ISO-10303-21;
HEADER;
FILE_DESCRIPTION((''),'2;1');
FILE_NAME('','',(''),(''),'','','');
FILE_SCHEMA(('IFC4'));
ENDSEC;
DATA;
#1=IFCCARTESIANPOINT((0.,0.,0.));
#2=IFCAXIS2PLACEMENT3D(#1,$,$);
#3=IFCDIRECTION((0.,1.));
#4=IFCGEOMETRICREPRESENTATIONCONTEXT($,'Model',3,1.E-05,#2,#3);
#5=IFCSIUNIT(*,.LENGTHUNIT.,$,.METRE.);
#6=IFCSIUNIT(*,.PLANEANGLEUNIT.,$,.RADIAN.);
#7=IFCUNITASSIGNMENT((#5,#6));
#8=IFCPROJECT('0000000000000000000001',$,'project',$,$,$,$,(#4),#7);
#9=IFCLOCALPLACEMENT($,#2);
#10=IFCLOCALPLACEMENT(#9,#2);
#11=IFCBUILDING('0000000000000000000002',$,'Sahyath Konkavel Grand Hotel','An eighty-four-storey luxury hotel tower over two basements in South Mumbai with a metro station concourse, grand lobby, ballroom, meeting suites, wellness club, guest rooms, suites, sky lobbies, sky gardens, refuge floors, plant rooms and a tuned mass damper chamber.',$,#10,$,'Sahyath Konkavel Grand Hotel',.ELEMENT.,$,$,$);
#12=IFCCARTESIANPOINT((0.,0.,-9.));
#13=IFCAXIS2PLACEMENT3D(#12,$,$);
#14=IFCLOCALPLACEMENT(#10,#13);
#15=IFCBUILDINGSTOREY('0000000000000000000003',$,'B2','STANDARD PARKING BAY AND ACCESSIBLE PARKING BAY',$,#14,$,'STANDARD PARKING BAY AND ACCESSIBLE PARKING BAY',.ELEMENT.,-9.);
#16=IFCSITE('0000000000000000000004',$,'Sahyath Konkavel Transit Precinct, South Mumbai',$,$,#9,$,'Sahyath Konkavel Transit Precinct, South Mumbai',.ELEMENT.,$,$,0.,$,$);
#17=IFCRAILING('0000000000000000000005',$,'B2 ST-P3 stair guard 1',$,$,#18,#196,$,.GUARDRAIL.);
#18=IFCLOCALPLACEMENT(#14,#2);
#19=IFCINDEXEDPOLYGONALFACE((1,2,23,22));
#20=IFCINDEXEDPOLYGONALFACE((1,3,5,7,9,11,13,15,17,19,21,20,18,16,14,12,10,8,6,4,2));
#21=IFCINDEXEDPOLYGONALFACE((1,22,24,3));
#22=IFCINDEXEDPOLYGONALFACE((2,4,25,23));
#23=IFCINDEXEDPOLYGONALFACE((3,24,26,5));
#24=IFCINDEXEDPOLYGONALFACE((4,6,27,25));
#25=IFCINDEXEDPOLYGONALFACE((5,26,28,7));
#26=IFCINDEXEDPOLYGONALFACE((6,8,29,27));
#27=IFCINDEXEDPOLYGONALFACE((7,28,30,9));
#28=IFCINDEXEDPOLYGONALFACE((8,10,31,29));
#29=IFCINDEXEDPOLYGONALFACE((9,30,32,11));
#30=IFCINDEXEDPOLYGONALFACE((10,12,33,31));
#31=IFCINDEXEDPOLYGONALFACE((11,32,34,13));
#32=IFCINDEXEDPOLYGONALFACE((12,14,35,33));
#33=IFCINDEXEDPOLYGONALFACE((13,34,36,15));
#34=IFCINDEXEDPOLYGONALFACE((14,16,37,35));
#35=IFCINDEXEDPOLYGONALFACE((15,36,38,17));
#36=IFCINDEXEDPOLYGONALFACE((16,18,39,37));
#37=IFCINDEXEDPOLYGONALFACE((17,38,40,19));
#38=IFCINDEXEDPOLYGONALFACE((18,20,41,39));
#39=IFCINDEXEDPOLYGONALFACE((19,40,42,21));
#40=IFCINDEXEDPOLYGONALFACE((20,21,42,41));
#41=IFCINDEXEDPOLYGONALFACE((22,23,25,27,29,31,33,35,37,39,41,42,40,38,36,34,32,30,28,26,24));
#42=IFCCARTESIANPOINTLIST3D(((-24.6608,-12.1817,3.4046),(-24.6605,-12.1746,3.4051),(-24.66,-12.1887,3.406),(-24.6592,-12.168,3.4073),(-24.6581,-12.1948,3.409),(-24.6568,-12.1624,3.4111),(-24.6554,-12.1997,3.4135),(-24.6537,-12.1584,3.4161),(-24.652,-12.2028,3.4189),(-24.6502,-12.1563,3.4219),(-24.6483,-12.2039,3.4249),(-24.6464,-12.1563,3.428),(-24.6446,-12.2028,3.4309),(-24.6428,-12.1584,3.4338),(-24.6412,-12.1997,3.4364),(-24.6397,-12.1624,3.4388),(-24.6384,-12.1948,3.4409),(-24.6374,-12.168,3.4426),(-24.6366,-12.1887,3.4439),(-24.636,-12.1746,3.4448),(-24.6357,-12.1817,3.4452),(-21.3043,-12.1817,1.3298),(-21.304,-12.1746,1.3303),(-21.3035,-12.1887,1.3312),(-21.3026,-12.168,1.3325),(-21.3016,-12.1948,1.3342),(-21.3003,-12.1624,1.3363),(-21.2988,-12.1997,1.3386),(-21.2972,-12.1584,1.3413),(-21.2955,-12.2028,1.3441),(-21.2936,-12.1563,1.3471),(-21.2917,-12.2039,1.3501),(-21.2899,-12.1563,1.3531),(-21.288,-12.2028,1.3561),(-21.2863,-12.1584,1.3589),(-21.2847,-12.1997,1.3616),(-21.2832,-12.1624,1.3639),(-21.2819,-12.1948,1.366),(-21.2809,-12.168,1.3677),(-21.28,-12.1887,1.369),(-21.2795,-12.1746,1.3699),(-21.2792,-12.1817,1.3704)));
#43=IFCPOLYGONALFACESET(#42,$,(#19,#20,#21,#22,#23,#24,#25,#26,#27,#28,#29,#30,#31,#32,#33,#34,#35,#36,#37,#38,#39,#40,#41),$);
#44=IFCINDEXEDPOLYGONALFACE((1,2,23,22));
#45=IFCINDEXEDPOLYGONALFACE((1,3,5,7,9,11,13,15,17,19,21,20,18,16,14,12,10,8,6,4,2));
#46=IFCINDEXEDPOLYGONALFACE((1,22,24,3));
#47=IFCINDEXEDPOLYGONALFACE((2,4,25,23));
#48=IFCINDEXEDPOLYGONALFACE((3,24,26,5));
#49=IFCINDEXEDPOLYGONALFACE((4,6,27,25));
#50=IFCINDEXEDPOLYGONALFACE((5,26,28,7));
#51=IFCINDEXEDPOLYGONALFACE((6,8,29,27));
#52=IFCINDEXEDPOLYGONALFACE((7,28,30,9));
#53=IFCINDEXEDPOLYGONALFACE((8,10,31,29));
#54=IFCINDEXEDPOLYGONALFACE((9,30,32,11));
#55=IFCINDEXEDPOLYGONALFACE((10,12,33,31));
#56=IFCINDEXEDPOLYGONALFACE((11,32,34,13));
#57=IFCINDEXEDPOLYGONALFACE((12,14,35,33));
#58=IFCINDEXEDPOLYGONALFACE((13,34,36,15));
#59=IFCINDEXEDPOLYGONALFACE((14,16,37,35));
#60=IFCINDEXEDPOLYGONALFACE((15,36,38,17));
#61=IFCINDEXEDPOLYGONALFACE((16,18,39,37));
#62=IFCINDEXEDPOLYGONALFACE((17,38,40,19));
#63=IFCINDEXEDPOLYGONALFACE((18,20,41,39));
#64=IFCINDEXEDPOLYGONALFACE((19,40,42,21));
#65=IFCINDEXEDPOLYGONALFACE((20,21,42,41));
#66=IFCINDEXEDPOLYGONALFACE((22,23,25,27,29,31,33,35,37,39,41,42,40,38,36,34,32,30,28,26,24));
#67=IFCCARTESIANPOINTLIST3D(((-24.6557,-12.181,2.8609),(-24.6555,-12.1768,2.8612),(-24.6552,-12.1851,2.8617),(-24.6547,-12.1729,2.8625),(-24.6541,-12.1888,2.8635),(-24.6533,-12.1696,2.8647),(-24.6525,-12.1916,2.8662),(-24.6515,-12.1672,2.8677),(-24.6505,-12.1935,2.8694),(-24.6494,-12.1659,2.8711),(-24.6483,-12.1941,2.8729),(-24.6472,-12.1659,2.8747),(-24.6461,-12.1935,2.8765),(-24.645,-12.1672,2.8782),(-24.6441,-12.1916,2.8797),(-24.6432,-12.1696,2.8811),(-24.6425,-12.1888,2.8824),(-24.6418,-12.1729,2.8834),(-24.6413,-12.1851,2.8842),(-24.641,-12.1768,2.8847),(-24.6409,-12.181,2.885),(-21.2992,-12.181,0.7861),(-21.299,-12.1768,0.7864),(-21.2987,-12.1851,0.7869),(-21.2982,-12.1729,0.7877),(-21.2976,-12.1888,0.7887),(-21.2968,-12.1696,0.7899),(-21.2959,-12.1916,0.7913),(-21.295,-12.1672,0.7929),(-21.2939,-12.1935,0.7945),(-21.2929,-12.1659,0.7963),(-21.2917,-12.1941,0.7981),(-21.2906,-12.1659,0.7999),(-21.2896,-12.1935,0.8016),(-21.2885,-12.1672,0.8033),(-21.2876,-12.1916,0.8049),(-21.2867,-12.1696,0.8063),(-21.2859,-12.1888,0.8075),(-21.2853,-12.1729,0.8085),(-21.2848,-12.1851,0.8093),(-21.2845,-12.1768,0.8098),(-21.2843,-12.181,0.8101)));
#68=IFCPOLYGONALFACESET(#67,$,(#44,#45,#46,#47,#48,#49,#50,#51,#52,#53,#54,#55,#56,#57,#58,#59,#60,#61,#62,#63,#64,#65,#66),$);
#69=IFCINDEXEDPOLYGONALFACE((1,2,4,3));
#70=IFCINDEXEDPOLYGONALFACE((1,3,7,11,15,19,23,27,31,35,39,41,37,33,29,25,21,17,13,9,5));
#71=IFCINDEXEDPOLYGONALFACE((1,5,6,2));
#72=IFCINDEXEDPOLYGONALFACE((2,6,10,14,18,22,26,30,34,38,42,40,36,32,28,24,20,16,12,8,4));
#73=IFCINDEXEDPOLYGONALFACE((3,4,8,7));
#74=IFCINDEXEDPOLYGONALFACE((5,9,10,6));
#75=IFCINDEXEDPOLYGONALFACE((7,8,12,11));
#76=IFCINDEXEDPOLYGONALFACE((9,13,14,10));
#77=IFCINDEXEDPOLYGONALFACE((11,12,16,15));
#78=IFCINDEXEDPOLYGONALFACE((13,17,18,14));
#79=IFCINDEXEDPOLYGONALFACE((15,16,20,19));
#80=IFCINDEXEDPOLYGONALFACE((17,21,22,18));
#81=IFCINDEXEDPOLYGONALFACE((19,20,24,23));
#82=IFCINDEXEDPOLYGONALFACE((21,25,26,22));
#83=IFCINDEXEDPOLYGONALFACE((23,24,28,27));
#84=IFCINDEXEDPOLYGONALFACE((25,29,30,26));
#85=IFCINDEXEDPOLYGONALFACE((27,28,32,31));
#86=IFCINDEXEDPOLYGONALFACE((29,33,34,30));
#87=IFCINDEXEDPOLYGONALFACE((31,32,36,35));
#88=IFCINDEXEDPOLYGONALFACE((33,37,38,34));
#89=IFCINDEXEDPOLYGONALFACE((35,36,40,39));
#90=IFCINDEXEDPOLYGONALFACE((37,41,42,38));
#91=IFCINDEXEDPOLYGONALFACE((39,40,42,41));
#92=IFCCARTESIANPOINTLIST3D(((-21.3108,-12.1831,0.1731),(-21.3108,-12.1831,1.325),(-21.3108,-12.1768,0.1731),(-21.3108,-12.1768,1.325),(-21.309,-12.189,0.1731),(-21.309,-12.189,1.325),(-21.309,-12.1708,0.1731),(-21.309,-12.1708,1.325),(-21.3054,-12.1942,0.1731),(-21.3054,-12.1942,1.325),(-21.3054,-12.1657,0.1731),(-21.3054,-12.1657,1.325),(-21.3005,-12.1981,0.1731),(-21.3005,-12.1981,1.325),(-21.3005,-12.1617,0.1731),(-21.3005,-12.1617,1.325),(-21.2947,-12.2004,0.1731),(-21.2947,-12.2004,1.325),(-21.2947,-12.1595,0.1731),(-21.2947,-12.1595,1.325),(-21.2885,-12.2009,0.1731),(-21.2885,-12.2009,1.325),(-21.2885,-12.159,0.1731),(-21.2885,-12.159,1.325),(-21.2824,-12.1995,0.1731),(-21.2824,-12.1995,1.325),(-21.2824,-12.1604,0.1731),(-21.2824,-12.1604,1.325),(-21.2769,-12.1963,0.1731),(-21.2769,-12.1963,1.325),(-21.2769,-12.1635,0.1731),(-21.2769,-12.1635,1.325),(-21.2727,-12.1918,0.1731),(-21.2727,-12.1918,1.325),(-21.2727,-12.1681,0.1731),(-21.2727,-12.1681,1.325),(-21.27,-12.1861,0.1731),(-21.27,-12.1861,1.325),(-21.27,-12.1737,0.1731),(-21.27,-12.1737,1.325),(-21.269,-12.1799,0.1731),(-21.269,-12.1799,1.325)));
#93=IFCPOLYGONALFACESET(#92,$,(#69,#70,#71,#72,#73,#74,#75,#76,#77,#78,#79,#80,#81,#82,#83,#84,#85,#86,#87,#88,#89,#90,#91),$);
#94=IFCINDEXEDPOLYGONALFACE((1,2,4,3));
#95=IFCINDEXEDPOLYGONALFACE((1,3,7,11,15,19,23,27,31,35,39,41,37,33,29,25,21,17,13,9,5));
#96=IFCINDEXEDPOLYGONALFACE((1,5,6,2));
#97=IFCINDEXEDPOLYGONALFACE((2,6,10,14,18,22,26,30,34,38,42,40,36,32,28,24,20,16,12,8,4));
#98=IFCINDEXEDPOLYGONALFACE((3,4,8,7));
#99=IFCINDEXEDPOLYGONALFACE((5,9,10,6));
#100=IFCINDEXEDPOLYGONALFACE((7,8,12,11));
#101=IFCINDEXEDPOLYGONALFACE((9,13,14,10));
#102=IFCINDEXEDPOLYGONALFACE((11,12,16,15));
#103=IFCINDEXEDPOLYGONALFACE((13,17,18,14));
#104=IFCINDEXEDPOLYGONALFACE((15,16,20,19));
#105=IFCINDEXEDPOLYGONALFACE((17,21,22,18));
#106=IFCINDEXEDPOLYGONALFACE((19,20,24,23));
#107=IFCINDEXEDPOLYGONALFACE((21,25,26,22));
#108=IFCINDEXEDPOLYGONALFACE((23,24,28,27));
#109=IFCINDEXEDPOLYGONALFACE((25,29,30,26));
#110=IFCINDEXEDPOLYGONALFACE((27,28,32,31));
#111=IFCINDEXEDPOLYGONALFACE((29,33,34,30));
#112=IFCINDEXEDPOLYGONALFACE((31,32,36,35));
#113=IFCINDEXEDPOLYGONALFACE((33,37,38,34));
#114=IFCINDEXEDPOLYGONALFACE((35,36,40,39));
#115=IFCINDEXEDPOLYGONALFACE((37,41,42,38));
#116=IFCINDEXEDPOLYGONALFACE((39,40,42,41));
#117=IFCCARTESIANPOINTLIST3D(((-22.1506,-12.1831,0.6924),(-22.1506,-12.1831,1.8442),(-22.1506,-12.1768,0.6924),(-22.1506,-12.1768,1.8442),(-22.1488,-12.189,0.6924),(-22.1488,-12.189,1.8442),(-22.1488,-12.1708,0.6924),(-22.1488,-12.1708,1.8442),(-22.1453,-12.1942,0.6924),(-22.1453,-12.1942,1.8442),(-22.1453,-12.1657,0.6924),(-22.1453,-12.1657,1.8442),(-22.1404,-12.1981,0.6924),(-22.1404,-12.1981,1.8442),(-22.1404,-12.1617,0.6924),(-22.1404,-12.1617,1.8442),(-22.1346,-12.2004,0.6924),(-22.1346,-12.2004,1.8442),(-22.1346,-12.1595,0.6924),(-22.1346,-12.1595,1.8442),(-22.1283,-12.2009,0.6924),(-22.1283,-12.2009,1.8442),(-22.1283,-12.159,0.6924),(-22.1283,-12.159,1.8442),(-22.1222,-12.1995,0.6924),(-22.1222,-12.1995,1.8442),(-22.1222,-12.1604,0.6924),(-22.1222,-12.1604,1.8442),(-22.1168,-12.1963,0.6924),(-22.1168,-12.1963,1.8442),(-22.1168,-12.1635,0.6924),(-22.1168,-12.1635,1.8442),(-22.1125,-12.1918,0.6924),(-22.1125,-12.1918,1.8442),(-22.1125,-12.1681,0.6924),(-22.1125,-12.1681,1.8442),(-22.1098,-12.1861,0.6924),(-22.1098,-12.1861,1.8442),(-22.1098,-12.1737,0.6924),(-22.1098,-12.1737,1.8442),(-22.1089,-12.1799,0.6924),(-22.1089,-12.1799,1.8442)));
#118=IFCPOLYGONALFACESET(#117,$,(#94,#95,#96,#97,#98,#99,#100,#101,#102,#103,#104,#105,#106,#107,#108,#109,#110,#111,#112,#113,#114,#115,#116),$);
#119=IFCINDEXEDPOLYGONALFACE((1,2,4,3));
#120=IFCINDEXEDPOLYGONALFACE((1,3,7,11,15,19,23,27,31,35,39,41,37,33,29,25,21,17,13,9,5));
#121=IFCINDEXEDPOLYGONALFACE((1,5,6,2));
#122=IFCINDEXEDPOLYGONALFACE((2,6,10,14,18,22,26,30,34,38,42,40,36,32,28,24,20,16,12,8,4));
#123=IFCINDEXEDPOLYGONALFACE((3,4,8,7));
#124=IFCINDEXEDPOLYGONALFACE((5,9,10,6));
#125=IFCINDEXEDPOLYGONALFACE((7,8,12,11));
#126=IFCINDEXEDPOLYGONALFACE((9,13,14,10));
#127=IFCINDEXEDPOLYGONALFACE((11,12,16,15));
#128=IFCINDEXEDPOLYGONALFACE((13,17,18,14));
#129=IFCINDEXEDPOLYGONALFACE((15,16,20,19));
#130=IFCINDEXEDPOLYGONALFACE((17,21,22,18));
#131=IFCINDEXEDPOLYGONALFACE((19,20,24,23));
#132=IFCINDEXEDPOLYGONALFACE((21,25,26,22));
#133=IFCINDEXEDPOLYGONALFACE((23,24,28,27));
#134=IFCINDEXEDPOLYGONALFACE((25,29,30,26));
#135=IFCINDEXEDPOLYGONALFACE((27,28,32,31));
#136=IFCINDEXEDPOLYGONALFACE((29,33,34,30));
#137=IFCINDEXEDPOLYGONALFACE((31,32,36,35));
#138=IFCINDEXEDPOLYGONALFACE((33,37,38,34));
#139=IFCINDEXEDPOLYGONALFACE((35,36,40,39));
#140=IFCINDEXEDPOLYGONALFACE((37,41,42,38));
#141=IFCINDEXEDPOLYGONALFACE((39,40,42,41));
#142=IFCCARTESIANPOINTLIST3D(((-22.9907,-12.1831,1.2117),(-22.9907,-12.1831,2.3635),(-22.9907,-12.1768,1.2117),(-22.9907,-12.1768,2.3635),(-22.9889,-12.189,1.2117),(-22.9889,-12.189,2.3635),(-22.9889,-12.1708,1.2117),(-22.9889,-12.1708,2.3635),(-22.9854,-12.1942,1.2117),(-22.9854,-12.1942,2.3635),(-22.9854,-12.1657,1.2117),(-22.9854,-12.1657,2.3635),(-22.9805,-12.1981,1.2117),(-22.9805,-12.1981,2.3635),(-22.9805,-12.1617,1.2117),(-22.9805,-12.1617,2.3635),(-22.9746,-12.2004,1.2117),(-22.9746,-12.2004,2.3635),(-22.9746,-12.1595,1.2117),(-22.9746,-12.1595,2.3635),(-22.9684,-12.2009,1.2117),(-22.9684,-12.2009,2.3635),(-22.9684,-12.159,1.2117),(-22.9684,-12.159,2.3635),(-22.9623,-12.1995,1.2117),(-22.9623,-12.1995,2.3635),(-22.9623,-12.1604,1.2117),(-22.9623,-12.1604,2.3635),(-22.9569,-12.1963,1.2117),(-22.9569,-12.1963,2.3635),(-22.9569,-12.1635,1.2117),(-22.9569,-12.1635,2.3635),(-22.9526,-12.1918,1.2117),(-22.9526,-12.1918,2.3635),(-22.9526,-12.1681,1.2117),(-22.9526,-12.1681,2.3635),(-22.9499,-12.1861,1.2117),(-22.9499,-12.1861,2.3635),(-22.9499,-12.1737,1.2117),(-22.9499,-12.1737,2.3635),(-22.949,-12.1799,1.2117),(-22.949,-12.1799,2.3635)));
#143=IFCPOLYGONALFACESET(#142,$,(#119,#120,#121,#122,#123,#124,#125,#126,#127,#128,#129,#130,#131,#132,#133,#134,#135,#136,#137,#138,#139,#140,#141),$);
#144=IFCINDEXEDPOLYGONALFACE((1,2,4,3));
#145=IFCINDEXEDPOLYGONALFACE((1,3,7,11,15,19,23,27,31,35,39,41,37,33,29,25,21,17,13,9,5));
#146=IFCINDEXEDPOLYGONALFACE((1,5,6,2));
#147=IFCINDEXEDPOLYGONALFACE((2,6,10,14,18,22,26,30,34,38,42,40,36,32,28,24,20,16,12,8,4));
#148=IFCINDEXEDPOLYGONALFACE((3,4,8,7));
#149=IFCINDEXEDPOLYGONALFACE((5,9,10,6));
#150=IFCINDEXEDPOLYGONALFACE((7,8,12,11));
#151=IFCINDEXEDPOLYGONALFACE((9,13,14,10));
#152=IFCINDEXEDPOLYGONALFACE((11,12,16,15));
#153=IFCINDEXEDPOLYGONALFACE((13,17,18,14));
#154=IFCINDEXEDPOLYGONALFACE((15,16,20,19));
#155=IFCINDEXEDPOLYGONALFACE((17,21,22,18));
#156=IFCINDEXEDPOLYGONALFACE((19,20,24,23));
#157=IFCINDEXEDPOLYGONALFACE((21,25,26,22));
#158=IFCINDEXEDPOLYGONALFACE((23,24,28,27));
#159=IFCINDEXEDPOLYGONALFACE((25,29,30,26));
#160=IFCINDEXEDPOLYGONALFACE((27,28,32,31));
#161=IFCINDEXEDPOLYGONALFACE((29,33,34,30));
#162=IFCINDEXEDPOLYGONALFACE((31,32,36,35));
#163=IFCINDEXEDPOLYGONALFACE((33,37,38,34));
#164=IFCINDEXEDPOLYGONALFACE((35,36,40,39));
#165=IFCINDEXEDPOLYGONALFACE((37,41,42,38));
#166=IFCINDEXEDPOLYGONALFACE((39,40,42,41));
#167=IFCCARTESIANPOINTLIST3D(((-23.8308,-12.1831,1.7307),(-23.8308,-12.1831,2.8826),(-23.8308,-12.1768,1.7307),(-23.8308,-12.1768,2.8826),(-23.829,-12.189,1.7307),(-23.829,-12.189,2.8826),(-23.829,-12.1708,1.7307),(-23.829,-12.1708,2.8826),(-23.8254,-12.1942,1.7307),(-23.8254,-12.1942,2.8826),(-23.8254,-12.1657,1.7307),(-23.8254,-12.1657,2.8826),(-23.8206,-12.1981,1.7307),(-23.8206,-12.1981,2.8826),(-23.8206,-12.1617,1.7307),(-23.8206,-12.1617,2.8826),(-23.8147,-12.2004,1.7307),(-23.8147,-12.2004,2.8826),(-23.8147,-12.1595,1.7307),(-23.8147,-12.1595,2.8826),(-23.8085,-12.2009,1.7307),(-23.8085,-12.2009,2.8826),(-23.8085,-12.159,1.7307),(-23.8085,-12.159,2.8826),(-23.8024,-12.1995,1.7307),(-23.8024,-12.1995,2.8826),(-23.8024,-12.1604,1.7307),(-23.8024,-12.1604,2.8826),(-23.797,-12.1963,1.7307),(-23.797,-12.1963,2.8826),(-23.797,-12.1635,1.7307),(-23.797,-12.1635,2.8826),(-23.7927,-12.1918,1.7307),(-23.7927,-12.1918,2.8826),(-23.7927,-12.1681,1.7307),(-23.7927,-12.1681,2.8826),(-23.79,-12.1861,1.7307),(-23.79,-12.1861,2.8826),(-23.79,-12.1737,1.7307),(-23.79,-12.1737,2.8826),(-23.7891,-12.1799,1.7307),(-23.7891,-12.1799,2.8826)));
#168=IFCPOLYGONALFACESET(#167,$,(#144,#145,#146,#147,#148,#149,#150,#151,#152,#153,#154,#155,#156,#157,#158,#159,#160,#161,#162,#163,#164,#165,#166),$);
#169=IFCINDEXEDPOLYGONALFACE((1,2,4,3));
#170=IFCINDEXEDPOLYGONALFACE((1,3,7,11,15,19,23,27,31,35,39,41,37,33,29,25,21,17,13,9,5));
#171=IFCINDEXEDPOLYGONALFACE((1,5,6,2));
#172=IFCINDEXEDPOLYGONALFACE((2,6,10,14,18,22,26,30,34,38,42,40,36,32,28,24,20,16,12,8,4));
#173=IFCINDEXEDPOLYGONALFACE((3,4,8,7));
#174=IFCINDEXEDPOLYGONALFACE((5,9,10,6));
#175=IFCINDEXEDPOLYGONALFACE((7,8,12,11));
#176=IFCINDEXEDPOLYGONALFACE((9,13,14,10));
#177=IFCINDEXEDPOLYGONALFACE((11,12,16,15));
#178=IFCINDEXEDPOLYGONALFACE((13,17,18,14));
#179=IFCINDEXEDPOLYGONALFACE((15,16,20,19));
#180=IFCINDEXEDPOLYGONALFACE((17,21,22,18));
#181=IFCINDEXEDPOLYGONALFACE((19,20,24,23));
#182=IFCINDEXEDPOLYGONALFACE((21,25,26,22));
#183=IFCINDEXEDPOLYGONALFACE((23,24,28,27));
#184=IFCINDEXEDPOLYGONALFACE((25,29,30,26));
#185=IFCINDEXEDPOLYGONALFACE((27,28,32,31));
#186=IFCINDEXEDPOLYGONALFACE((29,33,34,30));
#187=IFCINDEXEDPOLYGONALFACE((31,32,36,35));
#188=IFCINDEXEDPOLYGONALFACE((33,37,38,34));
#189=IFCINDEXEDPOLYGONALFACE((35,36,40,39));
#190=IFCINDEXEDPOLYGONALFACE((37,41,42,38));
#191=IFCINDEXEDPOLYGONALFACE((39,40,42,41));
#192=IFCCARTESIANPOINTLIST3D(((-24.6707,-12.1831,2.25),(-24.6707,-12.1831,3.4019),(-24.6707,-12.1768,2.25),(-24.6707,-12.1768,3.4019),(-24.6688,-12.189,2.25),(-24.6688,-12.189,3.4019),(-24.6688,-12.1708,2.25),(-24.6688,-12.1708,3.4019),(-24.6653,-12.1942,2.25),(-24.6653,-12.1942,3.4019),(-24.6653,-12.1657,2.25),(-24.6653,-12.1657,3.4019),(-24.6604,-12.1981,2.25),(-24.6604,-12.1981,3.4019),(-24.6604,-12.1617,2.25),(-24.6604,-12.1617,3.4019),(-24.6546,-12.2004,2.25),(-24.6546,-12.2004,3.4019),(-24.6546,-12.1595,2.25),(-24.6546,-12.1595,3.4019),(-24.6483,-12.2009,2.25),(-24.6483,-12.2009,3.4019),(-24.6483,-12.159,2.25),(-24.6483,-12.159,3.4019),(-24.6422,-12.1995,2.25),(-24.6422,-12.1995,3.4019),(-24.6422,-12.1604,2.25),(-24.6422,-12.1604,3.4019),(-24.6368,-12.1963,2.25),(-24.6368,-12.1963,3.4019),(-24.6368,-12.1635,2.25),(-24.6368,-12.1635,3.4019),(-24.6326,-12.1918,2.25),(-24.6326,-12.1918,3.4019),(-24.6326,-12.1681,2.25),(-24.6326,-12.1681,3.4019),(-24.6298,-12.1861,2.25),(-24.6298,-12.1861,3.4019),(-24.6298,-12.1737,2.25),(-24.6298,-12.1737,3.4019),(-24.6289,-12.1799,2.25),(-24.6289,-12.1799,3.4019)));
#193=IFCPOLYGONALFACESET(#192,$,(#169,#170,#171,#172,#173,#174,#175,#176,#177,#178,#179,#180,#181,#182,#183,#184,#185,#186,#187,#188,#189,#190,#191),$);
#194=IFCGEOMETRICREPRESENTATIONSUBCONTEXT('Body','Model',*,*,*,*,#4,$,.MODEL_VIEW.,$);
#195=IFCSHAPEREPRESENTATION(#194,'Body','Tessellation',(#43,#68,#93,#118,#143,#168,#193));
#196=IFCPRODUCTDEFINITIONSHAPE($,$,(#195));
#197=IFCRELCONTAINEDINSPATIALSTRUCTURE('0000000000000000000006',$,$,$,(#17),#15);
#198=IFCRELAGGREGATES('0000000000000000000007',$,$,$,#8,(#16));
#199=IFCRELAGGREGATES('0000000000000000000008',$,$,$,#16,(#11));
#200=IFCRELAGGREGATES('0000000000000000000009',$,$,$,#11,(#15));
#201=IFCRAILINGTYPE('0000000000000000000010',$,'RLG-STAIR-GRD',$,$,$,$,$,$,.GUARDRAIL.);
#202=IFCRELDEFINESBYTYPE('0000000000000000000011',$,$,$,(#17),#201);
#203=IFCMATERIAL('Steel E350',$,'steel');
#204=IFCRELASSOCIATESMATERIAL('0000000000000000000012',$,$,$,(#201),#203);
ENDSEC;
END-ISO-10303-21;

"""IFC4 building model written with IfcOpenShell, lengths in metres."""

from ifc_helpers import new_model, si_unit, direction, frame, origin, origin_2d, place, context, subcontext, project, spatial, circle, extrude, material, type_object, element, save


model = new_model("IFC4")

# Units and contexts
model_context = context("Model", 3, precision=1e-05, world=origin(), true_north=direction((0.0, 1.0)))
body_context = subcontext(model_context, "Body", "Model", "MODEL_VIEW")
ifc_project = project(units=[si_unit("LENGTHUNIT", "METRE"), si_unit("PLANEANGLEUNIT", "RADIAN")], contexts=[model_context])

# Site, building, storey
site_placement = place(None, origin())
site = spatial("IfcSite", under=ifc_project, at=site_placement, Name="Sahyath Konkavel Transit Precinct, South Mumbai", LongName="Sahyath Konkavel Transit Precinct, South Mumbai", CompositionType="ELEMENT", RefElevation=0.0)
building_placement = place(site_placement, origin())
building = spatial("IfcBuilding", under=site, at=building_placement, Name="Sahyath Konkavel Grand Hotel", Description="An eighty-four-storey luxury hotel tower over two basements in South Mumbai with a metro station concourse, grand lobby, ballroom, meeting suites, wellness club, guest rooms, suites, sky lobbies, sky gardens, refuge floors, plant rooms and a tuned mass damper chamber.", LongName="Sahyath Konkavel Grand Hotel", CompositionType="ELEMENT")
storey_placement = place(building_placement, frame((0.0, 0.0, -9.0)))
storey = spatial("IfcBuildingStorey", under=building, at=storey_placement, Name="B2", Description="STANDARD PARKING BAY AND ACCESSIBLE PARKING BAY", LongName="STANDARD PARKING BAY AND ACCESSIBLE PARKING BAY", CompositionType="ELEMENT", Elevation=-9.0)

# Shared definitions
ifc_material_1 = material(Name="Steel E350", Category="steel")

# Railing
railing_type_1 = type_object("IfcRailingType", Name="RLG-STAIR-GRD", PredefinedType="GUARDRAIL", material=ifc_material_1)
railing_1_placement = place(storey_placement, frame((-21.29, -12.1799, 0.1731)))
element("IfcRailing", 1, at=railing_1_placement, inside=storey, type_object=railing_type_1, Name="B2 ST-P3 stair guard 1", PredefinedType="GUARDRAIL", context=body_context, shape_type="SweptSolid", body=[
    extrude(circle(Radius=0.0239, at=origin_2d()), frame((-0.0017, 0.0, 1.177), z_axis=(-0.850606, 0.0, 0.525803), x_axis=(0.0, -1.0, 0.0)), (0.0, 0.0, 1.0), 3.946),
    extrude(circle(Radius=0.0142, at=origin_2d()), frame((-0.0017, 0.0, 0.625), z_axis=(-0.850606, 0.0, 0.525803), x_axis=(0.0, -1.0, 0.0)), (0.0, 0.0, 1.0), 3.946),
    extrude(circle(Radius=0.021, at=origin_2d()), origin(), (0.0, 0.0, 1.0), 1.1519),
    extrude(circle(Radius=0.021, at=origin_2d()), frame((-0.8398, 0.0, 0.5193)), (0.0, 0.0, 1.0), 1.1519),
    extrude(circle(Radius=0.021, at=origin_2d()), frame((-1.6799, 0.0, 1.0386)), (0.0, 0.0, 1.0), 1.1519),
    extrude(circle(Radius=0.021, at=origin_2d()), frame((-2.52, 0.0, 1.5576)), (0.0, 0.0, 1.0), 1.1519),
    extrude(circle(Radius=0.021, at=origin_2d()), frame((-3.3599, 0.0, 2.0769)), (0.0, 0.0, 1.0), 1.1519),
])

save(model, "model.ifc")
